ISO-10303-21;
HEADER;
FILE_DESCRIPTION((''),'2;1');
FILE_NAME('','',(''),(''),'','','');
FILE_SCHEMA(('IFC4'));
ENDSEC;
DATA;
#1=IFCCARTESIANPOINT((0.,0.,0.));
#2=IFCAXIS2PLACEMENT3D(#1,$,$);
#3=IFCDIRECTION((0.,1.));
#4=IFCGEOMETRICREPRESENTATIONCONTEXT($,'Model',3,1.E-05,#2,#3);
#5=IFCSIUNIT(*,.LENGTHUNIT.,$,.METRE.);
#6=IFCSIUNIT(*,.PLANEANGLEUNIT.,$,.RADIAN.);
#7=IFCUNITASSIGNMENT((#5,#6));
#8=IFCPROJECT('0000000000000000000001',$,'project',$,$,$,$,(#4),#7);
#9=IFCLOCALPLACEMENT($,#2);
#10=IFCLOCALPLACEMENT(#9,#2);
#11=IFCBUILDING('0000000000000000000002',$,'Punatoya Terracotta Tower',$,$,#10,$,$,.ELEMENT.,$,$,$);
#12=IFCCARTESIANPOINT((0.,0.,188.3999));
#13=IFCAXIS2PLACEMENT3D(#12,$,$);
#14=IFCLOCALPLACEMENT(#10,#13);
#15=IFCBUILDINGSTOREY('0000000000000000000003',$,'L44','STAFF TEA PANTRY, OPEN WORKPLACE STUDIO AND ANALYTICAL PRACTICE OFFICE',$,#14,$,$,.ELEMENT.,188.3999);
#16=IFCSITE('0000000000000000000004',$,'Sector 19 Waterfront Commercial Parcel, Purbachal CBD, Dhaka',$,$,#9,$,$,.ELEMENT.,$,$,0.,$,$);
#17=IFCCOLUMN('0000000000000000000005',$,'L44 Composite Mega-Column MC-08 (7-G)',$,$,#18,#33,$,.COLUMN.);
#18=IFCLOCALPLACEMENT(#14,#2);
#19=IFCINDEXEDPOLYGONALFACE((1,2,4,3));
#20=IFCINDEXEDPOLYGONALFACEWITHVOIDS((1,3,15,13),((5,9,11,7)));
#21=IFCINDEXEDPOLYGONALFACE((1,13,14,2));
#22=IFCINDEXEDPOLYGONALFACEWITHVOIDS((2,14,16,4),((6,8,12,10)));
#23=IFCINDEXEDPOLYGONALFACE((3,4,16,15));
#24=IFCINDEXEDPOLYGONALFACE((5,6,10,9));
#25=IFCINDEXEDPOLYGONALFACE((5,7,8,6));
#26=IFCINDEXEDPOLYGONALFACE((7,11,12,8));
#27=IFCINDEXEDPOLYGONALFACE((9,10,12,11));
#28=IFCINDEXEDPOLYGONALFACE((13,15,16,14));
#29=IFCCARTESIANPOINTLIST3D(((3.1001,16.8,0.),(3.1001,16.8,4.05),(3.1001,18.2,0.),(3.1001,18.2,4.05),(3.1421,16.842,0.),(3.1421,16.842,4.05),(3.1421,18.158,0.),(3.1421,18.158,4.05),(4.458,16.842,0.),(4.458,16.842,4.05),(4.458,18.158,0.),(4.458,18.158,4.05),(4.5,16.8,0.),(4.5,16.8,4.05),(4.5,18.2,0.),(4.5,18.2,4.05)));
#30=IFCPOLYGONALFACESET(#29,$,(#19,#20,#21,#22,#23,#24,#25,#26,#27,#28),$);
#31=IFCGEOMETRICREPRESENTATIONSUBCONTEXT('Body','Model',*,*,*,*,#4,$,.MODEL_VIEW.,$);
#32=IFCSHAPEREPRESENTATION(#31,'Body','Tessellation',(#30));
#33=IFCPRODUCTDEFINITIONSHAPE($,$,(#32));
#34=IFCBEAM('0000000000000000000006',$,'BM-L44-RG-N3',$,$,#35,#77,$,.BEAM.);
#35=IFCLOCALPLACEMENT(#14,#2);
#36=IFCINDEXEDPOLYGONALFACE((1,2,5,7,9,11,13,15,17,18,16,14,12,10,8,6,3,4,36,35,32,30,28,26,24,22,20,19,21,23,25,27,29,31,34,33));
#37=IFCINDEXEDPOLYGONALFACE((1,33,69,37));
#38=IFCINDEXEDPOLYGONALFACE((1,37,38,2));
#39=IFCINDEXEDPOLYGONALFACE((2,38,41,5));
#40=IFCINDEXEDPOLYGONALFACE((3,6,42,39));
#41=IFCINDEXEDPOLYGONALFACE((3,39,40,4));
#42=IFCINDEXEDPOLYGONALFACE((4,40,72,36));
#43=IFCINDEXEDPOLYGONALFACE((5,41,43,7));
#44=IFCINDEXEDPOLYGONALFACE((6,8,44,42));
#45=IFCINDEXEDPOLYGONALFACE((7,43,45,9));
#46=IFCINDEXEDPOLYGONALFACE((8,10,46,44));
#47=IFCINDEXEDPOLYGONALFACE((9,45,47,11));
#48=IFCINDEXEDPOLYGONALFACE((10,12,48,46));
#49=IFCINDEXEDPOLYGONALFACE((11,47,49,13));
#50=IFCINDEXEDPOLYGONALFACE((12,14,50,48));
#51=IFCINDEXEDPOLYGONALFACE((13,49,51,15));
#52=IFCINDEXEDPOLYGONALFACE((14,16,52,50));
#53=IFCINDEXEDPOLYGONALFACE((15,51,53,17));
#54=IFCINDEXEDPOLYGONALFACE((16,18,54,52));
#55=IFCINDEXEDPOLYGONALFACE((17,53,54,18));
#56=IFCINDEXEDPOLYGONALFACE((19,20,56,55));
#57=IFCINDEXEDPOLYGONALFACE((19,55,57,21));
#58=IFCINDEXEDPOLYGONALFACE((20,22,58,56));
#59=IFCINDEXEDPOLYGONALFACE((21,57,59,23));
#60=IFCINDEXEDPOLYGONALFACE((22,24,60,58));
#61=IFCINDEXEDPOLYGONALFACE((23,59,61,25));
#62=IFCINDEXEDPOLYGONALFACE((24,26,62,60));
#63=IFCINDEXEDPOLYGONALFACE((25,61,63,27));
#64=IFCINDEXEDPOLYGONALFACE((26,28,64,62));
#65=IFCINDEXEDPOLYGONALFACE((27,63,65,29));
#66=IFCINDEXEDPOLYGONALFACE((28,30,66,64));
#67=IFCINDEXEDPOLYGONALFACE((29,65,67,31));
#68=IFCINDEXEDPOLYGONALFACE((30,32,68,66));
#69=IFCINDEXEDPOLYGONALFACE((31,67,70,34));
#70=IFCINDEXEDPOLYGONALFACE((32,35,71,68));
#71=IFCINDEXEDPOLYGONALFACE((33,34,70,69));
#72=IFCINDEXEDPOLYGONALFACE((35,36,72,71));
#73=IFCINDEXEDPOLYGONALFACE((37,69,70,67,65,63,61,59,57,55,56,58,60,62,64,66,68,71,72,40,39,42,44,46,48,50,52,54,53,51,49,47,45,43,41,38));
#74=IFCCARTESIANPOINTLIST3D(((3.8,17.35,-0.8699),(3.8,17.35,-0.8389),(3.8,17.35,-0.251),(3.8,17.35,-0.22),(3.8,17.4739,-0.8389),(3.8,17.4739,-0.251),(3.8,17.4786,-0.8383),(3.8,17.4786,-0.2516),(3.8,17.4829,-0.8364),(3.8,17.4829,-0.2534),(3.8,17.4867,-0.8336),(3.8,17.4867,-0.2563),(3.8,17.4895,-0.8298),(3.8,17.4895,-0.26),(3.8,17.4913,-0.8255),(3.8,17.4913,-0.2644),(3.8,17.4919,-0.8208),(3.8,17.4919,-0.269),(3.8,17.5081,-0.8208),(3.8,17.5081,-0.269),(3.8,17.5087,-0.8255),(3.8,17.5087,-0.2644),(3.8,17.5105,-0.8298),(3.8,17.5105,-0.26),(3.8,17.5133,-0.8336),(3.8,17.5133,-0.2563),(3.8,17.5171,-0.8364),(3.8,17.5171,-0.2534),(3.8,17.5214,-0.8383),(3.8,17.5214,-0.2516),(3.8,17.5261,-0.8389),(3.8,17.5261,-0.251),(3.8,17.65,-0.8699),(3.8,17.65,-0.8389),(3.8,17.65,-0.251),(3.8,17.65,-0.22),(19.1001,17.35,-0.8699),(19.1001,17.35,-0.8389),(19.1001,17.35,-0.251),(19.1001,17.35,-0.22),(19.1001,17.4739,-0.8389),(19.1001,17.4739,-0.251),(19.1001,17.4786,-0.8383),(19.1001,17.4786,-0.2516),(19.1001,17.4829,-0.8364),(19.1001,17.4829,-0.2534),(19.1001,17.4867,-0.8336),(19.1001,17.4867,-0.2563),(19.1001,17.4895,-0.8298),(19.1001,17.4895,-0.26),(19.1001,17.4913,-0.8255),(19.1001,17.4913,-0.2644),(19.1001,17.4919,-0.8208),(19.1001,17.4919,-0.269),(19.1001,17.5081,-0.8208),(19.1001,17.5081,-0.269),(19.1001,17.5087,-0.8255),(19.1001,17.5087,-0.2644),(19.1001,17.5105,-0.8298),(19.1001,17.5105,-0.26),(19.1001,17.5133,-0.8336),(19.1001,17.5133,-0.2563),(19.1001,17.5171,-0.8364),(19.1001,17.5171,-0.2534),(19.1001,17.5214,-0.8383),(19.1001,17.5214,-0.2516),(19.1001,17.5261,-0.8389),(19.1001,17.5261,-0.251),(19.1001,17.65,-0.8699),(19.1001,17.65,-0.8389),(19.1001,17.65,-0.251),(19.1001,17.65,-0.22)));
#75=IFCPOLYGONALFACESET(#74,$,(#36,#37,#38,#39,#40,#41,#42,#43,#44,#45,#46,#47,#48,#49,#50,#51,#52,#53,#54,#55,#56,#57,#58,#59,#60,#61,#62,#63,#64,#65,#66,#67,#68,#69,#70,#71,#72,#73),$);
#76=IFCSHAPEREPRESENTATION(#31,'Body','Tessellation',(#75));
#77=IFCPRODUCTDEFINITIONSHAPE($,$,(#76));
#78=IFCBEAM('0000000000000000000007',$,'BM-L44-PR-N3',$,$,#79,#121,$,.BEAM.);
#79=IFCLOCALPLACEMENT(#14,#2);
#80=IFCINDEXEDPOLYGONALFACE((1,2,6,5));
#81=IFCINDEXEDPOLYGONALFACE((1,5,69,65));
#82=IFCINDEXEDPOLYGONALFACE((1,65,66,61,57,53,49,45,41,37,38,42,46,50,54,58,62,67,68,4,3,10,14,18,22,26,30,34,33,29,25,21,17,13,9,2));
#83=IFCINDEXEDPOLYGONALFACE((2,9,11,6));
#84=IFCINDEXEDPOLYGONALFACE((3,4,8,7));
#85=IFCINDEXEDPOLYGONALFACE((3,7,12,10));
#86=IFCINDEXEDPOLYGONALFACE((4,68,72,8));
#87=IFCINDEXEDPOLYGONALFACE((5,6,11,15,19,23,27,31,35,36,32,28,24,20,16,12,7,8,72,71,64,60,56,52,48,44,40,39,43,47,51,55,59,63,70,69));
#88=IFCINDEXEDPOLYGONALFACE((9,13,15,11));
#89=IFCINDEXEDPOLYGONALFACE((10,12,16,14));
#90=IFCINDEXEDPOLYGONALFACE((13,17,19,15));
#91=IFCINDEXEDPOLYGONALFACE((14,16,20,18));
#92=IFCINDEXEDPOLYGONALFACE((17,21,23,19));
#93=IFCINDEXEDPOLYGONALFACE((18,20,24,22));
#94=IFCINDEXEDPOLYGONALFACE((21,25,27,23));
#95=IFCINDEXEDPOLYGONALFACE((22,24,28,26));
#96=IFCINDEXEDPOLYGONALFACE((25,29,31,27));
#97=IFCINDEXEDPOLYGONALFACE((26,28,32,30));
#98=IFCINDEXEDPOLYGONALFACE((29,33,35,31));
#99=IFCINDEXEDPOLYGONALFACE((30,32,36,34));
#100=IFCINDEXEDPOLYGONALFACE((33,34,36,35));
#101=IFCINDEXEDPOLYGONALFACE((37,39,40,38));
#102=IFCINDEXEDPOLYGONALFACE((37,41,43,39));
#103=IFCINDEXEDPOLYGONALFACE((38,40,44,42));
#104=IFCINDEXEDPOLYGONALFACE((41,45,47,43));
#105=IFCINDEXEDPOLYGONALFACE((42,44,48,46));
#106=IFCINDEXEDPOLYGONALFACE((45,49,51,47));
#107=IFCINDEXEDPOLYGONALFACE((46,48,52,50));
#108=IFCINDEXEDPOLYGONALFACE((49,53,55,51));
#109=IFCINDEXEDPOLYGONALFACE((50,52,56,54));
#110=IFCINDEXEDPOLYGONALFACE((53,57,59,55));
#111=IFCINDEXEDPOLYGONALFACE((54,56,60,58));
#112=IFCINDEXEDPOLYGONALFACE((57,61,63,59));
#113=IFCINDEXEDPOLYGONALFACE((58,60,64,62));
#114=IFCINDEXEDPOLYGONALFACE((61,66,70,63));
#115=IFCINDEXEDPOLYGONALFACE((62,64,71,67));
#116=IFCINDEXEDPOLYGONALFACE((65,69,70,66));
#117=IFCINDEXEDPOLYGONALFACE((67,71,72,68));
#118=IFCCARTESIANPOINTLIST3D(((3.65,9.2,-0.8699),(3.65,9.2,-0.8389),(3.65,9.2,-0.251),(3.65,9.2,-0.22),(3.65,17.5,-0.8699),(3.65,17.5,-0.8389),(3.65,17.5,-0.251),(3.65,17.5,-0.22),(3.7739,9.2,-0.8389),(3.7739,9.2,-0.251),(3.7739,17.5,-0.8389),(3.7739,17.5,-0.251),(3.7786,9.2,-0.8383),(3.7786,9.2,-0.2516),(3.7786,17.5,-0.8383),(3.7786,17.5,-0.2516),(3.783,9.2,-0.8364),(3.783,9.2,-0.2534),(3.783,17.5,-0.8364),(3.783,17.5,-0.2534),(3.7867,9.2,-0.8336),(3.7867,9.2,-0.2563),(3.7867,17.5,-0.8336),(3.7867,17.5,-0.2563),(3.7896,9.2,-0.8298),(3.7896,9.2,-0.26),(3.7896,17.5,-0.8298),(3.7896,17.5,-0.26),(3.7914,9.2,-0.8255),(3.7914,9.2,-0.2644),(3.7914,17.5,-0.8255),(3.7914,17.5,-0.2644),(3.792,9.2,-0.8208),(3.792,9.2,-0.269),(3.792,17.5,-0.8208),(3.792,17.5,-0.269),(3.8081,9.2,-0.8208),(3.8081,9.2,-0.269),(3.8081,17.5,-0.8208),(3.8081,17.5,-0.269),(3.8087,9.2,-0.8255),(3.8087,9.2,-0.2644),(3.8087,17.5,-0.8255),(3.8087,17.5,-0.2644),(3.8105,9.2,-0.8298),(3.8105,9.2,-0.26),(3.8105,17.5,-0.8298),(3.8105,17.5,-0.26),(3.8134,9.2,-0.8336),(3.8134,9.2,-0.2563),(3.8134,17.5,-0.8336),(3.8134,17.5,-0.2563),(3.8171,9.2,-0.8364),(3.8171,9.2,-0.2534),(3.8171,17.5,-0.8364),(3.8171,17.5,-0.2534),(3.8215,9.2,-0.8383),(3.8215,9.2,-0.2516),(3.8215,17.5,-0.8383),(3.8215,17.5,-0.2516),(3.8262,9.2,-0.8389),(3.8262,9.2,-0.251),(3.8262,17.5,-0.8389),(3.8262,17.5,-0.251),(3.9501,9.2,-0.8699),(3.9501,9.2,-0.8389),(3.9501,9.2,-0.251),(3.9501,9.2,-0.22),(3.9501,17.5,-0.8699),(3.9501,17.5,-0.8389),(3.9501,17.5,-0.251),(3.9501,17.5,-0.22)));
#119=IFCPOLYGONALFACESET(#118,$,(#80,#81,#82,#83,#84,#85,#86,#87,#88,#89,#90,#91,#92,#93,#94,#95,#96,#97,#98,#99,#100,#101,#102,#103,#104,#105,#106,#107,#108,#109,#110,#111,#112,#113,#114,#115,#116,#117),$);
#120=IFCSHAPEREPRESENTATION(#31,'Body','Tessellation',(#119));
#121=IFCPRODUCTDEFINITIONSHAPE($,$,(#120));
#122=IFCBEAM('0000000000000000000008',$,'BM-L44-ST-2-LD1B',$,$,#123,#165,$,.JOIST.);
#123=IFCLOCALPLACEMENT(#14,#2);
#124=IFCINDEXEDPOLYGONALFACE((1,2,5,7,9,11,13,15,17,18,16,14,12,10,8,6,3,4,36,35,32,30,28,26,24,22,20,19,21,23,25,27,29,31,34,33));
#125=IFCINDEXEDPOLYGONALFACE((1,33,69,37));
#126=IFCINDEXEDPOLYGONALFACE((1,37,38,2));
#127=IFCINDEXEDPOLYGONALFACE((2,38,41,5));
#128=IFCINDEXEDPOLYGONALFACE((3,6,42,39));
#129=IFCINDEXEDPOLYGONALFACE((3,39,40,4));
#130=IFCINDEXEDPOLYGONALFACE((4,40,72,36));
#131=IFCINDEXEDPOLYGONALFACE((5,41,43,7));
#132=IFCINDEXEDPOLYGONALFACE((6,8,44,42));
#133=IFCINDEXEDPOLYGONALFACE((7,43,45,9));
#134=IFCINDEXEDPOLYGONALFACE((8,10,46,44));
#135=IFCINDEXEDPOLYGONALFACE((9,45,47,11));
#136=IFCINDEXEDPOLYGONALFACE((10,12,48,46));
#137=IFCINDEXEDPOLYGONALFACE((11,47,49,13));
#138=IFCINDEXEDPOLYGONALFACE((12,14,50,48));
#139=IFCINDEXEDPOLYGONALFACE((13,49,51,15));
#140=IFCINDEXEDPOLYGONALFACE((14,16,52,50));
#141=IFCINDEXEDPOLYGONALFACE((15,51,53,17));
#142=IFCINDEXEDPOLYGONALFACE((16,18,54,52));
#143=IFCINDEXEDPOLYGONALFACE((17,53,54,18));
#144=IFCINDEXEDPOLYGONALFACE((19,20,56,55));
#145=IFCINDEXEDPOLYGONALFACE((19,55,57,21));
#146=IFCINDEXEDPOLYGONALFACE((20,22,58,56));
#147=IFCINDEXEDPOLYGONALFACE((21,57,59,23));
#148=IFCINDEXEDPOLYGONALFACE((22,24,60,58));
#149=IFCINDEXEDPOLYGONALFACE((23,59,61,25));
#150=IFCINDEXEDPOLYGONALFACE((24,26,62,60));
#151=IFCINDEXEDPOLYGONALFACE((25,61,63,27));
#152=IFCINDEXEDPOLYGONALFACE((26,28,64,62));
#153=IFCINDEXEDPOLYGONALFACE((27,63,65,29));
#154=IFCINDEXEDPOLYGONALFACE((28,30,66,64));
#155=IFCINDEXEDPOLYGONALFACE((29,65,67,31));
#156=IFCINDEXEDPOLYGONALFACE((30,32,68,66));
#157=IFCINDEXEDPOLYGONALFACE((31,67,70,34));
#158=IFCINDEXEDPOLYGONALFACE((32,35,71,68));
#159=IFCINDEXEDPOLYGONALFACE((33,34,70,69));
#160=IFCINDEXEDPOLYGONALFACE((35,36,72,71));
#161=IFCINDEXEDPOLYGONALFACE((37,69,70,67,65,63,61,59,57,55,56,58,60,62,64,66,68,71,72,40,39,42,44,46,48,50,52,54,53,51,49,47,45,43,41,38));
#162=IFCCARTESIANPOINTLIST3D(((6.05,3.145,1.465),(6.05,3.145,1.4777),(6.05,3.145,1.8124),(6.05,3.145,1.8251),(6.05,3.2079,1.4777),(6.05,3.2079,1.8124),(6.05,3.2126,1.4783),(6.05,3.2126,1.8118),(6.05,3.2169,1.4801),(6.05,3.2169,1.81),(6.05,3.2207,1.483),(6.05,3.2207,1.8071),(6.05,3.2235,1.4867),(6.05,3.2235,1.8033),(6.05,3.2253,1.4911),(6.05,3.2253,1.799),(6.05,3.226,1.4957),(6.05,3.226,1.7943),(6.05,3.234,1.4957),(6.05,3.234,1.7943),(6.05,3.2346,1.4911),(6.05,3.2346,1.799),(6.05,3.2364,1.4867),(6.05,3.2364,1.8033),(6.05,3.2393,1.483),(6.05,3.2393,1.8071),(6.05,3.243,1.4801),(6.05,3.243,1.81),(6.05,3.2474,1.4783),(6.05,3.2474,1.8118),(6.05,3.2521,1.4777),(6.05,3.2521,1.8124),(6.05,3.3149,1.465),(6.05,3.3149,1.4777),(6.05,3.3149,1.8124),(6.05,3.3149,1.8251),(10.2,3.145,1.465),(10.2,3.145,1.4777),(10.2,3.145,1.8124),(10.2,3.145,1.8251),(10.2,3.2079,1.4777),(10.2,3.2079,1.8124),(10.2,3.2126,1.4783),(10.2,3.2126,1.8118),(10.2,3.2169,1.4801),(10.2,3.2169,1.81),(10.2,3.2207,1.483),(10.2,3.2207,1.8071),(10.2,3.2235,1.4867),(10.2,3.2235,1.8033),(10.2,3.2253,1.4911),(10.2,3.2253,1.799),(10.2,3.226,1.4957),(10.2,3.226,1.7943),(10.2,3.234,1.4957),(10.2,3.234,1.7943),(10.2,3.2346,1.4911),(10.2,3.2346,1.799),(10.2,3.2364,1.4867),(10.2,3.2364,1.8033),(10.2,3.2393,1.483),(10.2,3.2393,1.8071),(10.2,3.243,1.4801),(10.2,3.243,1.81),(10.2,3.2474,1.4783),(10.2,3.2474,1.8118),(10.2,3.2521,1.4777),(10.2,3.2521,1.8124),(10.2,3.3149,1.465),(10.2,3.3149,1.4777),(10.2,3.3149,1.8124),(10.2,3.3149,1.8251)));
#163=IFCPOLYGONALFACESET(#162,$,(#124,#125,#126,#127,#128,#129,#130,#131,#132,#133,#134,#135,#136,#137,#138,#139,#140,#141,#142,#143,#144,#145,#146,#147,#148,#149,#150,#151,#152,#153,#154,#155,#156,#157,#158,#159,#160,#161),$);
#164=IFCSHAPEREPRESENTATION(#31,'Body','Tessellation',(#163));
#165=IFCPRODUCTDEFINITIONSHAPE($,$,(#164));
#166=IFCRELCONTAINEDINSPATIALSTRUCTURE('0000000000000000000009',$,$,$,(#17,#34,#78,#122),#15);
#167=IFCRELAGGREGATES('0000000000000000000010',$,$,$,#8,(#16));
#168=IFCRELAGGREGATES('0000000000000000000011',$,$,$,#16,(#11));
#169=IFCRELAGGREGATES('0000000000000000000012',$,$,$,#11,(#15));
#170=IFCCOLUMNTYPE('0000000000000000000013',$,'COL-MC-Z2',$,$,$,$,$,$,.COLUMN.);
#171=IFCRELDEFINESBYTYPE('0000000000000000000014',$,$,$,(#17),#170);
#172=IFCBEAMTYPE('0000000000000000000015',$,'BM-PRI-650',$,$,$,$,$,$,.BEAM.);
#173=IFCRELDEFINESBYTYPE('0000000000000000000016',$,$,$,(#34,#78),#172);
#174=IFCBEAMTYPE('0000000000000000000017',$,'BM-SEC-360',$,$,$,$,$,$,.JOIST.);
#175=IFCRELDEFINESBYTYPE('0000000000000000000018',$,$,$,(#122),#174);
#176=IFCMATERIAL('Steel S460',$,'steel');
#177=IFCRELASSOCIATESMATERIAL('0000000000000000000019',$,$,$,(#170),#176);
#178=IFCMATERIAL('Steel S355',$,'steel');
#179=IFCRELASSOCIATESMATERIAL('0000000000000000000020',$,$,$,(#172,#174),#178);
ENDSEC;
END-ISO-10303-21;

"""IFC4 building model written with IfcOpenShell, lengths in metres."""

from ifc_helpers import new_model, si_unit, direction, frame, origin, origin_2d, place, context, subcontext, project, spatial, hollow_rectangle, i_section, extrude, material, material_profile, profile_set, type_object, element, save


model = new_model("IFC4")

# Units and contexts
model_context = context("Model", 3, precision=1e-05, world=origin(), true_north=direction((0.0, 1.0)))
body_context = subcontext(model_context, "Body", "Model", "MODEL_VIEW")
ifc_project = project(units=[si_unit("LENGTHUNIT", "METRE"), si_unit("PLANEANGLEUNIT", "RADIAN")], contexts=[model_context])

# Site, building, storey
site_placement = place(None, origin())
site = spatial("IfcSite", under=ifc_project, at=site_placement, Name="Sector 19 Waterfront Commercial Parcel, Purbachal CBD, Dhaka", CompositionType="ELEMENT", RefElevation=0.0)
building_placement = place(site_placement, origin())
building = spatial("IfcBuilding", under=site, at=building_placement, Name="Punatoya Terracotta Tower", CompositionType="ELEMENT")
storey_placement = place(building_placement, frame((0.0, 0.0, 188.3999)))
storey = spatial("IfcBuildingStorey", under=building, at=storey_placement, Name="L44", Description="STAFF TEA PANTRY, OPEN WORKPLACE STUDIO AND ANALYTICAL PRACTICE OFFICE", CompositionType="ELEMENT", Elevation=188.3999)

# Column
ifc_material_1 = material(Name="Steel S460", Category="steel")
ifc_material_profile_1 = material_profile(ifc_material_1, hollow_rectangle(XDim=1.3999, YDim=1.3999, WallThickness=0.042, at=origin_2d()))
ifc_profile_set_1 = profile_set([ifc_material_profile_1], Name="Steel S460")
column_type = type_object("IfcColumnType", Name="COL-MC-Z2", PredefinedType="COLUMN", material=ifc_profile_set_1)
column_placement = place(storey_placement, frame((3.8, 17.5, 0.0), z_axis=(0.0, 0.0, 1.0), x_axis=(1.0, 0.0, 0.0)))
element("IfcColumn", 1, at=column_placement, inside=storey, type_object=column_type, Name="L44 Composite Mega-Column MC-08 (7-G)", PredefinedType="COLUMN", context=body_context, shape_type="SweptSolid", body=[
    extrude(hollow_rectangle(XDim=1.3999, YDim=1.3999, WallThickness=0.042, at=origin_2d()), origin(), (0.0, 0.0, 1.0), 4.05),
])

# Beams
ifc_material_2 = material(Name="Steel S355", Category="steel")
ifc_material_profile_2 = material_profile(ifc_material_2, i_section(OverallWidth=0.3, OverallDepth=0.6499, WebThickness=0.0161, FlangeThickness=0.031, FilletRadius=0.0181, at=origin_2d()))
ifc_profile_set_2 = profile_set([ifc_material_profile_2], Name="Steel S355")
beam_type_1 = type_object("IfcBeamType", Name="BM-PRI-650", PredefinedType="BEAM", material=ifc_profile_set_2)
beam_1_placement = place(storey_placement, frame((3.8, 17.5, -0.5449), z_axis=(1.0, 0.0, 0.0), x_axis=(0.0, 1.0, 0.0)))
element("IfcBeam", 2, at=beam_1_placement, inside=storey, type_object=beam_type_1, Name="BM-L44-RG-N3", PredefinedType="BEAM", context=body_context, shape_type="SweptSolid", body=[
    extrude(i_section(OverallWidth=0.3, OverallDepth=0.6499, WebThickness=0.0161, FlangeThickness=0.031, FilletRadius=0.0181, at=origin_2d()), origin(), (0.0, 0.0, 1.0), 15.3),
])
beam_2_placement = place(storey_placement, frame((3.8, 9.2, -0.5449), z_axis=(0.0, 1.0, 0.0), x_axis=(-1.0, 0.0, 0.0)))
element("IfcBeam", 3, at=beam_2_placement, inside=storey, type_object=beam_type_1, Name="BM-L44-PR-N3", PredefinedType="BEAM", context=body_context, shape_type="SweptSolid", body=[
    extrude(i_section(OverallWidth=0.3, OverallDepth=0.6499, WebThickness=0.0161, FlangeThickness=0.031, FilletRadius=0.0181, at=origin_2d()), origin(), (0.0, 0.0, 1.0), 8.3),
])
ifc_material_profile_3 = material_profile(ifc_material_2, i_section(OverallWidth=0.1699, OverallDepth=0.3601, WebThickness=0.0081, FlangeThickness=0.0127, FilletRadius=0.0181, at=origin_2d()))
ifc_profile_set_3 = profile_set([ifc_material_profile_3], Name="Steel S355")
beam_type_2 = type_object("IfcBeamType", Name="BM-SEC-360", PredefinedType="JOIST", material=ifc_profile_set_3)
beam_3_placement = place(storey_placement, frame((6.05, 3.23, 1.645), z_axis=(1.0, 0.0, 0.0), x_axis=(0.0, 1.0, 0.0)))
element("IfcBeam", 4, at=beam_3_placement, inside=storey, type_object=beam_type_2, Name="BM-L44-ST-2-LD1B", PredefinedType="JOIST", context=body_context, shape_type="SweptSolid", body=[
    extrude(i_section(OverallWidth=0.1699, OverallDepth=0.3601, WebThickness=0.0081, FlangeThickness=0.0127, FilletRadius=0.0181, at=origin_2d()), origin(), (0.0, 0.0, 1.0), 4.1499),
])

save(model, "model.ifc")
